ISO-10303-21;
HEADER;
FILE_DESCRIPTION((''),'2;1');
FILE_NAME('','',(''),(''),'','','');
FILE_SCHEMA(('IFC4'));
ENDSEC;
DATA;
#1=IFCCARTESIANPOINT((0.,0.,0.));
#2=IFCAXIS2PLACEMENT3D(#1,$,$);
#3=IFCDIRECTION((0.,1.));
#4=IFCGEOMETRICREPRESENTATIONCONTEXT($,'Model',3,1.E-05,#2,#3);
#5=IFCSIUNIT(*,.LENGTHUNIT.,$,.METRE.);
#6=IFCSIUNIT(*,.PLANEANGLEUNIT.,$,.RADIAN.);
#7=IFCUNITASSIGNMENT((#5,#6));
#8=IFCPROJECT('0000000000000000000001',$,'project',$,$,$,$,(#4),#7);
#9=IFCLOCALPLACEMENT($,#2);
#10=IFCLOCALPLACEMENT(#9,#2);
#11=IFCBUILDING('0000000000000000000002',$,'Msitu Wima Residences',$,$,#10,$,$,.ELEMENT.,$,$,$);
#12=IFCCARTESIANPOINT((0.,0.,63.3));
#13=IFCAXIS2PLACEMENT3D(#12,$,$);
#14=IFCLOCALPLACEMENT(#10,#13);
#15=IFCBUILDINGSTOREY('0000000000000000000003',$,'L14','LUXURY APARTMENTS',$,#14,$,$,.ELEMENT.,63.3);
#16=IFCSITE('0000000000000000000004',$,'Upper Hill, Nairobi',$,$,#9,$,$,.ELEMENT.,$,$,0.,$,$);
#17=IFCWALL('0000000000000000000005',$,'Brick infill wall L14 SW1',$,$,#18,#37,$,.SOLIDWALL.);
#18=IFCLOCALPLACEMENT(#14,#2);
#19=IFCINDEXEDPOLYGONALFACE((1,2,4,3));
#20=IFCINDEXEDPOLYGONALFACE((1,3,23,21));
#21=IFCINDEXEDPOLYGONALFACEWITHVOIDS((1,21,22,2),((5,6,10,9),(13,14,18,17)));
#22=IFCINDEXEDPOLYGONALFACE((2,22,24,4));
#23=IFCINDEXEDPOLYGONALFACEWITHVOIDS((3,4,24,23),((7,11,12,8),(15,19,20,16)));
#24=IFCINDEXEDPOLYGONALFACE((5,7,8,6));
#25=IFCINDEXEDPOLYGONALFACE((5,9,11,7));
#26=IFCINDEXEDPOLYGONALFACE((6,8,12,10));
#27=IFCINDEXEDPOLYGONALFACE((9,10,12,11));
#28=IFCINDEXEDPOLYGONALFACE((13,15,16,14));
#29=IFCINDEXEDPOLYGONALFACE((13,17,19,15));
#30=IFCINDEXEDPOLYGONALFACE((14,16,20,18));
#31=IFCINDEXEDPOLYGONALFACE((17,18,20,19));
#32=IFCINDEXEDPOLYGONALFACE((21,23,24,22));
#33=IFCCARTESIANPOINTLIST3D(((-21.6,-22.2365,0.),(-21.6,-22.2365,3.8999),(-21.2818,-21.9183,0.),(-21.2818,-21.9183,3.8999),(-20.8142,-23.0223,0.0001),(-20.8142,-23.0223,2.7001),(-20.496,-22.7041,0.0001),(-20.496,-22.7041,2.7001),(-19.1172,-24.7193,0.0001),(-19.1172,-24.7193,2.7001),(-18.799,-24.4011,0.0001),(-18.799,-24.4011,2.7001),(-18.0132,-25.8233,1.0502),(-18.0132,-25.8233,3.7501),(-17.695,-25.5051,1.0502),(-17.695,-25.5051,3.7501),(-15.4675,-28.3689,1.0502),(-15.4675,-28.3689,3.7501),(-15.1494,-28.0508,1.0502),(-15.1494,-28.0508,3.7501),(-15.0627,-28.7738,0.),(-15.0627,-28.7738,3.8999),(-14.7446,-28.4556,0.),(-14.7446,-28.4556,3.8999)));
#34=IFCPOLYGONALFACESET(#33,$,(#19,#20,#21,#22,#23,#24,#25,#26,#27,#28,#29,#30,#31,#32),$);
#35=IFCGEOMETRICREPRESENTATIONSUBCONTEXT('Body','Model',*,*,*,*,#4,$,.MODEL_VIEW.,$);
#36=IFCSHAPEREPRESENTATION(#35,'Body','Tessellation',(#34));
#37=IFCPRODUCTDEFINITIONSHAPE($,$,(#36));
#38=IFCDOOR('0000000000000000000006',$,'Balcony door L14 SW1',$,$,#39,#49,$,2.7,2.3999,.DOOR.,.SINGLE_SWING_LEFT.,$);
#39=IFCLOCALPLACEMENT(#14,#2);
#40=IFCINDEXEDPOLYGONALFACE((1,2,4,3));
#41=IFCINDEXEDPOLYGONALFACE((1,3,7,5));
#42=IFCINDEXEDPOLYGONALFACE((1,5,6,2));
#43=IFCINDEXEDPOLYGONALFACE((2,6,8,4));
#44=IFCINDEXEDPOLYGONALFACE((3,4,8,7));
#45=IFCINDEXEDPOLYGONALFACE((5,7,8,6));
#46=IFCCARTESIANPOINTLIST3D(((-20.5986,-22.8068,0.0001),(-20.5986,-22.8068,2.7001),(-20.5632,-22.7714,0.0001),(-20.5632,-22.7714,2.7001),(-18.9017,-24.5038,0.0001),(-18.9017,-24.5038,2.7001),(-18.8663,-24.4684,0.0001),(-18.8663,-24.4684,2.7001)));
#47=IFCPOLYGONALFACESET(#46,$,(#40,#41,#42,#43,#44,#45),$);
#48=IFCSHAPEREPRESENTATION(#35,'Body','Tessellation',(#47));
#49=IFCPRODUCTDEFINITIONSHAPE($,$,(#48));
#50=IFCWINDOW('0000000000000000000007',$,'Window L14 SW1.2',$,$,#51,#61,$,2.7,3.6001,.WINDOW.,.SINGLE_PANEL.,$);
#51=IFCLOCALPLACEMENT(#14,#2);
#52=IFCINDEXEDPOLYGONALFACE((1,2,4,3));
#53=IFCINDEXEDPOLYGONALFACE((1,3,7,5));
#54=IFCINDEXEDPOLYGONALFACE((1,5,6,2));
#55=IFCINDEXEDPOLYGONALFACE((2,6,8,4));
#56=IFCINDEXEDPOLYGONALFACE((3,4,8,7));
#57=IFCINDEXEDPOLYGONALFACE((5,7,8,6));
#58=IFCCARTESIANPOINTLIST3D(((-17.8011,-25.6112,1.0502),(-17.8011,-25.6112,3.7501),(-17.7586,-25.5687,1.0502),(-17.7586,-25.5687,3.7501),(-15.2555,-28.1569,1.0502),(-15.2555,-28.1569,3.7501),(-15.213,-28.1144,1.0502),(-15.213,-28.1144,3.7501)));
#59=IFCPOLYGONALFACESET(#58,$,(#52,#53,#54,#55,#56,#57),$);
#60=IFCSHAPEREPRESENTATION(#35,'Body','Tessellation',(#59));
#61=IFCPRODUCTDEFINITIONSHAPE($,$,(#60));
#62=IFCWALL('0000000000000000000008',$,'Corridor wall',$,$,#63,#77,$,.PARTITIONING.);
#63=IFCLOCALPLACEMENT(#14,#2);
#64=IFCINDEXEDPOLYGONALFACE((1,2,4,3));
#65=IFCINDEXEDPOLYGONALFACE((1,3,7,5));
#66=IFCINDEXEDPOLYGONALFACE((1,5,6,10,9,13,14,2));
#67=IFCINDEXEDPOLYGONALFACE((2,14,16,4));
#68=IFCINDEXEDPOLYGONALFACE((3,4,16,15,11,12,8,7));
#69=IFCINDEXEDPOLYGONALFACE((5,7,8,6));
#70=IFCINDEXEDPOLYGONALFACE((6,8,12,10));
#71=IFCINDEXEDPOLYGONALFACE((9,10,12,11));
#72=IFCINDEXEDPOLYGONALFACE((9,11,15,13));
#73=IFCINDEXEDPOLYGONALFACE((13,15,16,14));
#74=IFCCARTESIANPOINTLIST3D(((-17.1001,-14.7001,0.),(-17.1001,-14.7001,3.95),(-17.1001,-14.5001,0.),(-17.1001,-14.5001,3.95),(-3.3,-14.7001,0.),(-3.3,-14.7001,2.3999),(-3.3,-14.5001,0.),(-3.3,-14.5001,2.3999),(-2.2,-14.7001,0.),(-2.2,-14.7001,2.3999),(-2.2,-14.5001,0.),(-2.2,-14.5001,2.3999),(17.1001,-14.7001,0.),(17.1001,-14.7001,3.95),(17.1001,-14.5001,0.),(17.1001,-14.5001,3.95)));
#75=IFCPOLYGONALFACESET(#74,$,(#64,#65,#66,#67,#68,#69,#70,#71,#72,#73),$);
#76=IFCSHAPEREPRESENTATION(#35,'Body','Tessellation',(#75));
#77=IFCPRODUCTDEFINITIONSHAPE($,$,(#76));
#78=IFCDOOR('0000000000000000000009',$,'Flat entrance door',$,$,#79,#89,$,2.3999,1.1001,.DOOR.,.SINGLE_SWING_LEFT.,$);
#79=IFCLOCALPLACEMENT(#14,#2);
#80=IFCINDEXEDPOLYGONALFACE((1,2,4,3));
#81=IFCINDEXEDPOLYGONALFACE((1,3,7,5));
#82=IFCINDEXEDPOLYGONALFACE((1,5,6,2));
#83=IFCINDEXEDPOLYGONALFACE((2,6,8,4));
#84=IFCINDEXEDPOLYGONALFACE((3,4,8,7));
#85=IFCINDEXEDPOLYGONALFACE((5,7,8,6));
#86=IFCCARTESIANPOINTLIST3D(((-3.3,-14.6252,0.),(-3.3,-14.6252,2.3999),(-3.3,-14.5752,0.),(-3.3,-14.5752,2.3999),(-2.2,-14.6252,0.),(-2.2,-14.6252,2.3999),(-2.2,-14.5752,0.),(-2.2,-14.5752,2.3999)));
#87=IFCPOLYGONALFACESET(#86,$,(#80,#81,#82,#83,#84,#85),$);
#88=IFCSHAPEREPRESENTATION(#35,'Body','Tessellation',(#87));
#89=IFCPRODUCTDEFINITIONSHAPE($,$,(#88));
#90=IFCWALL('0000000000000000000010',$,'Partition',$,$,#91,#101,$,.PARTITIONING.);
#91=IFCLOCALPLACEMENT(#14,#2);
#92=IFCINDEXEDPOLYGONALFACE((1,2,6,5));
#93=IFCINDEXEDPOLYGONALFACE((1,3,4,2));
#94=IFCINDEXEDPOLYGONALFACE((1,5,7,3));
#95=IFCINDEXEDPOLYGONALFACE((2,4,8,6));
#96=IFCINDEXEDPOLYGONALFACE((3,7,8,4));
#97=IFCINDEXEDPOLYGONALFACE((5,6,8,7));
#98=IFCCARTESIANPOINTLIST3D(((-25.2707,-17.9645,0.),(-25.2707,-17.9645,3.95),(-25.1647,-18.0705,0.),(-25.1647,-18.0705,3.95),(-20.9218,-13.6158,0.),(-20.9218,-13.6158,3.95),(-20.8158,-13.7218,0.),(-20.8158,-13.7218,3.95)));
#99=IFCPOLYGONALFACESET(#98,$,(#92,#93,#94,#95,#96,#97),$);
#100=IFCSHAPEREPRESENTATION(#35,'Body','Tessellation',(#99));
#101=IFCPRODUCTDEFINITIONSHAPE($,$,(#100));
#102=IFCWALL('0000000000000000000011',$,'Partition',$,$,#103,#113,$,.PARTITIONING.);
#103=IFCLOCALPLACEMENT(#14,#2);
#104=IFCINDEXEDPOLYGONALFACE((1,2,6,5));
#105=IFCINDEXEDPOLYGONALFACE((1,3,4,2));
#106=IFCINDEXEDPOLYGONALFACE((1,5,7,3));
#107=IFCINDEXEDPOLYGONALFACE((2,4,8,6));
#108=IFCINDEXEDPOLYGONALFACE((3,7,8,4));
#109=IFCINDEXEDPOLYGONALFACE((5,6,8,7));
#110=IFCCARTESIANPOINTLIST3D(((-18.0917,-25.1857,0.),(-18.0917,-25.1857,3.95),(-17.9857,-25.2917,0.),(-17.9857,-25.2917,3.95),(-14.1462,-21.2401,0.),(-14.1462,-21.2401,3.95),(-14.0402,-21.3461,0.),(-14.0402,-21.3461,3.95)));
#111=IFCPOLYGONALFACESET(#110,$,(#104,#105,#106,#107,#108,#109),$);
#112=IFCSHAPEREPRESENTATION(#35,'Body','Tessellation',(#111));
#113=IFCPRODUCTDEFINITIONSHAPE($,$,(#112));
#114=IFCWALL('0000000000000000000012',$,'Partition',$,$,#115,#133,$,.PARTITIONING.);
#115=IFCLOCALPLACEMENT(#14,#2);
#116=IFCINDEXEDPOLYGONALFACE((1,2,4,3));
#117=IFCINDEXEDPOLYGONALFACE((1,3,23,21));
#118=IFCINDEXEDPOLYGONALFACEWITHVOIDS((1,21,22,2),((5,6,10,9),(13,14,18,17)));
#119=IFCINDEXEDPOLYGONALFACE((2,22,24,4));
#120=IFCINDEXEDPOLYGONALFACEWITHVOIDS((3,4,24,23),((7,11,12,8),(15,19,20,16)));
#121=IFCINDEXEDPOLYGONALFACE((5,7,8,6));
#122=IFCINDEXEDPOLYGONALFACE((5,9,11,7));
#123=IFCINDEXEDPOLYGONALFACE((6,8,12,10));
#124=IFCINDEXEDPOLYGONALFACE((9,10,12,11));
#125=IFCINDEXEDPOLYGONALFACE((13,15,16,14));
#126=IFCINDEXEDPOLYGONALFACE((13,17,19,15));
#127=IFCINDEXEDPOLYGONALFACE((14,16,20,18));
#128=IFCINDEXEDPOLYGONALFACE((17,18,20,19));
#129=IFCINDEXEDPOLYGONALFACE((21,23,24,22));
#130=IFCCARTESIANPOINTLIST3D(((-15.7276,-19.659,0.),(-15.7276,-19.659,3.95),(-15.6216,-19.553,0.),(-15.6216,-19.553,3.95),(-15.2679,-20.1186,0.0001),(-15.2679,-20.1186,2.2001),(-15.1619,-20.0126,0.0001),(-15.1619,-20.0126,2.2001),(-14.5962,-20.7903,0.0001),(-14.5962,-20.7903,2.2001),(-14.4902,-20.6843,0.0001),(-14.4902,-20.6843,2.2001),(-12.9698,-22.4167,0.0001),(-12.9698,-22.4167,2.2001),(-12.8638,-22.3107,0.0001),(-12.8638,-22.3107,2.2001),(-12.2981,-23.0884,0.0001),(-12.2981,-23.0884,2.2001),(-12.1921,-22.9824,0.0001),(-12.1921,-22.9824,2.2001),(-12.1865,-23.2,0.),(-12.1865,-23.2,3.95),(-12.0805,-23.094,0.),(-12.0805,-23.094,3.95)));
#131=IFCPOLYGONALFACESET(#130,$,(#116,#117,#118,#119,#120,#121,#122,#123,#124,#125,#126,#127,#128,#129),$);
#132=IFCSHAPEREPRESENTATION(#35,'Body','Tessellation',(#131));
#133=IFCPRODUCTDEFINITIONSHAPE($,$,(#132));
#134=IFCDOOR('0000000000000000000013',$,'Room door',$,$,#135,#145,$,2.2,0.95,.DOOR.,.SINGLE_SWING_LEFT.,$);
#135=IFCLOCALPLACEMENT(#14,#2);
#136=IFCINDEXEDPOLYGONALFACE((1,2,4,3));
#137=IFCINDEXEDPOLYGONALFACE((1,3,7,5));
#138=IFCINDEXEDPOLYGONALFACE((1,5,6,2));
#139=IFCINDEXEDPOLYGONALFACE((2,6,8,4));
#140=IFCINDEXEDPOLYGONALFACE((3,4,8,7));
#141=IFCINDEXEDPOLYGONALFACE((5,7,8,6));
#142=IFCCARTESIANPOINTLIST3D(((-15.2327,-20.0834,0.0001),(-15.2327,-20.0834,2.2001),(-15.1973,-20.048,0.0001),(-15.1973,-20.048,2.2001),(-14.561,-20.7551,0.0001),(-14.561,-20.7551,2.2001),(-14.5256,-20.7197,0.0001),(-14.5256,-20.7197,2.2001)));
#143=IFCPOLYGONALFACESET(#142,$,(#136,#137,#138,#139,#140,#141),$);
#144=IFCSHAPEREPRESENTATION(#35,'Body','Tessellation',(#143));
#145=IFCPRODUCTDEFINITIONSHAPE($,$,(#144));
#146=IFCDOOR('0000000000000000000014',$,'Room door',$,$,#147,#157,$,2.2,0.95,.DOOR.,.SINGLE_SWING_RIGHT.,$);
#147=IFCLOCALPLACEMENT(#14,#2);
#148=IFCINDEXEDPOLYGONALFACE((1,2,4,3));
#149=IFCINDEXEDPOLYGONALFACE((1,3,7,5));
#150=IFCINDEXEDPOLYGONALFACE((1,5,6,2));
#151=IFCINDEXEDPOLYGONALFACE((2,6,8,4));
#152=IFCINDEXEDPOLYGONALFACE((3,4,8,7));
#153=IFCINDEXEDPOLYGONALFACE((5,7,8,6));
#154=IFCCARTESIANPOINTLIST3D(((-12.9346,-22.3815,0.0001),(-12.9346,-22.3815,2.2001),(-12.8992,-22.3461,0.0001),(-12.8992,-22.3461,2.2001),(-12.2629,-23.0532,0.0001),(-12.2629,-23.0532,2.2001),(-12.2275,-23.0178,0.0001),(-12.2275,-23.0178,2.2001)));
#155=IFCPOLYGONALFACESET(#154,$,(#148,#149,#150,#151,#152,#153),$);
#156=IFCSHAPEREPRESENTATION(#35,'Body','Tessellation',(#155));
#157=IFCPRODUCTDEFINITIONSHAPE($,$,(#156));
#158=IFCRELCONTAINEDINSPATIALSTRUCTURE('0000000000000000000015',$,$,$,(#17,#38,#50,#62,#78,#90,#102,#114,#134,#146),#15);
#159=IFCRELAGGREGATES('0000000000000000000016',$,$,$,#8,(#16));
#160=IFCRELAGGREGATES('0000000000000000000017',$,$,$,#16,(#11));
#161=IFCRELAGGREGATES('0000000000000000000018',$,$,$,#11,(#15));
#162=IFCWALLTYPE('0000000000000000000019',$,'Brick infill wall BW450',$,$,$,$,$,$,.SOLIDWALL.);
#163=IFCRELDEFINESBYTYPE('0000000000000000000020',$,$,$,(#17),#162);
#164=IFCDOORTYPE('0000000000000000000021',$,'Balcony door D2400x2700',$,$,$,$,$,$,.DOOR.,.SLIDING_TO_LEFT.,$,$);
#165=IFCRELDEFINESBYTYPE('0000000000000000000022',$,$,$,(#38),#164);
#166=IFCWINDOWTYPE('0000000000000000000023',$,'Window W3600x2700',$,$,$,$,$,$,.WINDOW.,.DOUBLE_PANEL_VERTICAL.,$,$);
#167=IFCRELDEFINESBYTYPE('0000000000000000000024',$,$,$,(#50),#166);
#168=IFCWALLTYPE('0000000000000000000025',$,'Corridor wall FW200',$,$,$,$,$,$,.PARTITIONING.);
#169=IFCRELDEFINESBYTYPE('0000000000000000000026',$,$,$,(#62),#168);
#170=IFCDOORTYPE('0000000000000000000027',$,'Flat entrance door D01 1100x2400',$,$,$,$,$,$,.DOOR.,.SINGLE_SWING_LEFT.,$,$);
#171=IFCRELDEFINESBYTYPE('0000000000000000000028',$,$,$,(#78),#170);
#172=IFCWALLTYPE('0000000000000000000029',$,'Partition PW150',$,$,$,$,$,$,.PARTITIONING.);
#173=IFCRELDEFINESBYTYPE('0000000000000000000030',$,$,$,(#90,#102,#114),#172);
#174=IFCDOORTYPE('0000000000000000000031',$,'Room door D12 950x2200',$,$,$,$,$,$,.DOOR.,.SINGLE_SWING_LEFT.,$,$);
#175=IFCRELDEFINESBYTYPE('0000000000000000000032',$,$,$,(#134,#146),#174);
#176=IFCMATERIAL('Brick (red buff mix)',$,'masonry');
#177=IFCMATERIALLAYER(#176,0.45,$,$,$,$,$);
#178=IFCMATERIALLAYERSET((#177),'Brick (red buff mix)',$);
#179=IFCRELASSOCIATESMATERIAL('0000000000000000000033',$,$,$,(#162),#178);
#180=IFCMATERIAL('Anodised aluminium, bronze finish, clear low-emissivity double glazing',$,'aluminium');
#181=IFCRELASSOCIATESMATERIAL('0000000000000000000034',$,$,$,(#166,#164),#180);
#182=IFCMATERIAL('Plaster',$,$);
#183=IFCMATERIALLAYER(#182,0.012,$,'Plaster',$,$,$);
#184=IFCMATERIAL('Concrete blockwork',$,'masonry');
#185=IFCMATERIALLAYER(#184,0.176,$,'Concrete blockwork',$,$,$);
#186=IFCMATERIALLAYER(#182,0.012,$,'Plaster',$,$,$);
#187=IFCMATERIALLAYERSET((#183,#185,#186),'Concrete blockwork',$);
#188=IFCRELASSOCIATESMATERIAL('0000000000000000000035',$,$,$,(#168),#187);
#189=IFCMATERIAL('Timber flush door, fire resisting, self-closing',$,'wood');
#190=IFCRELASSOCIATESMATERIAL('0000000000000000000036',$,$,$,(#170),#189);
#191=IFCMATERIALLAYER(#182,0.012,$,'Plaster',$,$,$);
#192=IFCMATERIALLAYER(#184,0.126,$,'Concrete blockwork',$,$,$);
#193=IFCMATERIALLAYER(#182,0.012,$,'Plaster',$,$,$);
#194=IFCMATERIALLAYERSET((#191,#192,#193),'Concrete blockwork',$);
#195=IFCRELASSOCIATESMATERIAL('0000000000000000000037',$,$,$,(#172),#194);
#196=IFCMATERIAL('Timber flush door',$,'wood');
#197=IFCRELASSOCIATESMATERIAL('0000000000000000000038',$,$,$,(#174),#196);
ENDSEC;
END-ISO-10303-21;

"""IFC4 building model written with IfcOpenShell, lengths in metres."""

from ifc_helpers import new_model, si_unit, direction, frame, frame_2d, origin, place, context, subcontext, project, spatial, rectangle, extrude, material, layer, layer_set, type_object, element, fill, save


model = new_model("IFC4")

# Units and contexts
model_context = context("Model", 3, precision=1e-05, world=origin(), true_north=direction((0.0, 1.0)))
body_context = subcontext(model_context, "Body", "Model", "MODEL_VIEW")
ifc_project = project(units=[si_unit("LENGTHUNIT", "METRE"), si_unit("PLANEANGLEUNIT", "RADIAN")], contexts=[model_context])

# Site, building, storey
site_placement = place(None, origin())
site = spatial("IfcSite", under=ifc_project, at=site_placement, Name="Upper Hill, Nairobi", CompositionType="ELEMENT", RefElevation=0.0)
building_placement = place(site_placement, origin())
building = spatial("IfcBuilding", under=site, at=building_placement, Name="Msitu Wima Residences", CompositionType="ELEMENT")
storey_placement = place(building_placement, frame((0.0, 0.0, 63.3)))
storey = spatial("IfcBuildingStorey", under=building, at=storey_placement, Name="L14", Description="LUXURY APARTMENTS", CompositionType="ELEMENT", Elevation=63.3)

# Shared definitions
ifc_material_1 = material(Name="Brick (red buff mix)", Category="masonry")
ifc_layer_1 = layer(ifc_material_1, 0.45)
ifc_layer_set_1 = layer_set([ifc_layer_1], Name="Brick (red buff mix)")
wall_type_1 = type_object("IfcWallType", Name="Brick infill wall BW450", PredefinedType="SOLIDWALL", material=ifc_layer_set_1)
ifc_material_2 = material(Name="Anodised aluminium, bronze finish, clear low-emissivity double glazing", Category="aluminium")
window_type = type_object("IfcWindowType", Name="Window W3600x2700", PartitioningType="DOUBLE_PANEL_VERTICAL", PredefinedType="WINDOW", material=ifc_material_2)

# Wall, openings, door, window
wall_1_placement = place(storey_placement, frame((-21.4409, -22.0774, 0.0), z_axis=(0.0, 0.0, 1.0), x_axis=(0.707107, -0.707107, 0.0)))
wall_1 = element("IfcWall", 1, at=wall_1_placement, inside=storey, type_object=wall_type_1, Name="Brick infill wall L14 SW1", PredefinedType="SOLIDWALL", context=body_context, shape_type="SweptSolid", body=[
    extrude(rectangle(XDim=9.2451, YDim=0.45, at=frame_2d((4.6226, 0.0))), origin(), (0.0, 0.0, 1.0), 3.8999),
])
opening_1_placement = place(wall_1_placement, frame((1.1113, 0.0, 0.0)))
opening_1 = element("IfcOpeningElement", 2, at=opening_1_placement, cuts=wall_1, PredefinedType="OPENING", context=body_context, shape_type="SweptSolid", body=[
    extrude(rectangle(XDim=2.3999, YDim=2.7, at=frame_2d((1.2, 1.3501))), frame((0.0, 0.2349, 0.0), z_axis=(0.0, -1.0, 0.0), x_axis=(1.0, 0.0, 0.0)), (0.0, 0.0, 1.0), 0.47),
])
opening_2_placement = place(wall_1_placement, frame((5.0725, 0.0, 1.05)))
opening_2 = element("IfcOpeningElement", 3, at=opening_2_placement, cuts=wall_1, PredefinedType="OPENING", context=body_context, shape_type="SweptSolid", body=[
    extrude(rectangle(XDim=3.6001, YDim=2.7, at=frame_2d((1.8, 1.3501))), frame((0.0, 0.2349, 0.0), z_axis=(0.0, -1.0, 0.0), x_axis=(1.0, 0.0, 0.0)), (0.0, 0.0, 1.0), 0.47),
])
door_type_1 = type_object("IfcDoorType", Name="Balcony door D2400x2700", OperationType="SLIDING_TO_LEFT", PredefinedType="DOOR", material=ifc_material_2)
door_1_placement = place(opening_1_placement, origin())
door_1 = element("IfcDoor", 4, at=door_1_placement, inside=storey, type_object=door_type_1, Name="Balcony door L14 SW1", OperationType="SINGLE_SWING_LEFT", OverallHeight=2.7, OverallWidth=2.3999, PredefinedType="DOOR", context=body_context, shape_type="SweptSolid", body=[
    extrude(rectangle(XDim=2.3999, YDim=2.7, at=frame_2d((1.2, 1.3501))), frame((0.0, 0.1299, 0.0), z_axis=(0.0, -1.0, 0.0), x_axis=(1.0, 0.0, 0.0)), (0.0, 0.0, 1.0), 0.05),
])
fill(opening_1, door_1)
window_1_placement = place(opening_2_placement, origin())
window_1 = element("IfcWindow", 5, at=window_1_placement, inside=storey, type_object=window_type, Name="Window L14 SW1.2", OverallHeight=2.7, OverallWidth=3.6001, PartitioningType="SINGLE_PANEL", PredefinedType="WINDOW", context=body_context, shape_type="SweptSolid", body=[
    extrude(rectangle(XDim=3.6001, YDim=2.7, at=frame_2d((1.8, 1.3501))), frame((0.0, 0.135, 0.0), z_axis=(0.0, -1.0, 0.0), x_axis=(1.0, 0.0, 0.0)), (0.0, 0.0, 1.0), 0.0601),
])
fill(opening_2, window_1)

# Wall, opening, door
ifc_material_3 = material(Name="Plaster")
ifc_layer_2 = layer(ifc_material_3, 0.012, Name="Plaster")
ifc_material_4 = material(Name="Concrete blockwork", Category="masonry")
ifc_layer_3 = layer(ifc_material_4, 0.176, Name="Concrete blockwork")
ifc_layer_4 = layer(ifc_material_3, 0.012, Name="Plaster")
ifc_layer_set_2 = layer_set([ifc_layer_2, ifc_layer_3, ifc_layer_4], Name="Concrete blockwork")
wall_type_2 = type_object("IfcWallType", Name="Corridor wall FW200", PredefinedType="PARTITIONING", material=ifc_layer_set_2)
wall_2_placement = place(storey_placement, frame((-17.1001, -14.6001, 0.0), z_axis=(0.0, 0.0, 1.0), x_axis=(1.0, 0.0, 0.0)))
wall_2 = element("IfcWall", 6, at=wall_2_placement, inside=storey, type_object=wall_type_2, Name="Corridor wall", PredefinedType="PARTITIONING", context=body_context, shape_type="SweptSolid", body=[
    extrude(rectangle(XDim=34.2002, YDim=0.2, at=frame_2d((17.1001, 0.0))), origin(), (0.0, 0.0, 1.0), 3.95),
])
opening_3_placement = place(wall_2_placement, frame((13.8, 0.0, 0.0)))
opening_3 = element("IfcOpeningElement", 7, at=opening_3_placement, cuts=wall_2, PredefinedType="OPENING", context=body_context, shape_type="SweptSolid", body=[
    extrude(rectangle(XDim=1.1001, YDim=2.3999, at=frame_2d((0.55, 1.2))), frame((0.0, 0.1099, 0.0), z_axis=(0.0, -1.0, 0.0), x_axis=(1.0, 0.0, 0.0)), (0.0, 0.0, 1.0), 0.22),
])
ifc_material_5 = material(Name="Timber flush door, fire resisting, self-closing", Category="wood")
door_type_2 = type_object("IfcDoorType", Name="Flat entrance door D01 1100x2400", OperationType="SINGLE_SWING_LEFT", PredefinedType="DOOR", material=ifc_material_5)
door_2_placement = place(opening_3_placement, origin())
door_2 = element("IfcDoor", 8, at=door_2_placement, inside=storey, type_object=door_type_2, Name="Flat entrance door", OperationType="SINGLE_SWING_LEFT", OverallHeight=2.3999, OverallWidth=1.1001, PredefinedType="DOOR", context=body_context, shape_type="SweptSolid", body=[
    extrude(rectangle(XDim=1.1001, YDim=2.3999, at=frame_2d((0.55, 1.2))), frame((0.0, 0.0249, 0.0), z_axis=(0.0, -1.0, 0.0), x_axis=(1.0, 0.0, 0.0)), (0.0, 0.0, 1.0), 0.05),
])
fill(opening_3, door_2)

# Walls
ifc_layer_5 = layer(ifc_material_3, 0.012, Name="Plaster")
ifc_layer_6 = layer(ifc_material_4, 0.126, Name="Concrete blockwork")
ifc_layer_7 = layer(ifc_material_3, 0.012, Name="Plaster")
ifc_layer_set_3 = layer_set([ifc_layer_5, ifc_layer_6, ifc_layer_7], Name="Concrete blockwork")
wall_type_3 = type_object("IfcWallType", Name="Partition PW150", PredefinedType="PARTITIONING", material=ifc_layer_set_3)
wall_3_placement = place(storey_placement, frame((-25.2178, -18.0176, 0.0), z_axis=(0.0, 0.0, 1.0), x_axis=(0.707127, 0.707087, 0.0)))
element("IfcWall", 9, at=wall_3_placement, inside=storey, type_object=wall_type_3, Name="Partition", PredefinedType="PARTITIONING", context=body_context, shape_type="SweptSolid", body=[
    extrude(rectangle(XDim=6.1501, YDim=0.1499, at=frame_2d((3.0752, 0.0))), origin(), (0.0, 0.0, 1.0), 3.95),
])
wall_4_placement = place(storey_placement, frame((-18.0388, -25.2388, 0.0), z_axis=(0.0, 0.0, 1.0), x_axis=(0.707107, 0.707107, 0.0)))
element("IfcWall", 10, at=wall_4_placement, inside=storey, type_object=wall_type_3, Name="Partition", PredefinedType="PARTITIONING", context=body_context, shape_type="SweptSolid", body=[
    extrude(rectangle(XDim=5.5798, YDim=0.1499, at=frame_2d((2.79, 0.0))), origin(), (0.0, 0.0, 1.0), 3.95),
])

# Wall, openings, doors
wall_5_placement = place(storey_placement, frame((-15.6746, -19.606, 0.0), z_axis=(0.0, 0.0, 1.0), x_axis=(0.707107, -0.707107, 0.0)))
wall_5 = element("IfcWall", 11, at=wall_5_placement, inside=storey, type_object=wall_type_3, Name="Partition", PredefinedType="PARTITIONING", context=body_context, shape_type="SweptSolid", body=[
    extrude(rectangle(XDim=5.0078, YDim=0.1499, at=frame_2d((2.5039, 0.0))), origin(), (0.0, 0.0, 1.0), 3.95),
])
opening_4_placement = place(wall_5_placement, frame((0.6499, 0.0, 0.0)))
opening_4 = element("IfcOpeningElement", 12, at=opening_4_placement, cuts=wall_5, PredefinedType="OPENING", context=body_context, shape_type="SweptSolid", body=[
    extrude(rectangle(XDim=0.95, YDim=2.2, at=frame_2d((0.4751, 1.1001))), frame((0.0, 0.085, 0.0), z_axis=(0.0, -1.0, 0.0), x_axis=(1.0, 0.0, 0.0)), (0.0, 0.0, 1.0), 0.1699),
])
opening_5_placement = place(wall_5_placement, frame((3.8999, 0.0, 0.0)))
opening_5 = element("IfcOpeningElement", 13, at=opening_5_placement, cuts=wall_5, PredefinedType="OPENING", context=body_context, shape_type="SweptSolid", body=[
    extrude(rectangle(XDim=0.95, YDim=2.2, at=frame_2d((0.4751, 1.1001))), frame((0.0, 0.085, 0.0), z_axis=(0.0, -1.0, 0.0), x_axis=(1.0, 0.0, 0.0)), (0.0, 0.0, 1.0), 0.1699),
])
ifc_material_6 = material(Name="Timber flush door", Category="wood")
door_type_3 = type_object("IfcDoorType", Name="Room door D12 950x2200", OperationType="SINGLE_SWING_LEFT", PredefinedType="DOOR", material=ifc_material_6)
door_3_placement = place(opening_4_placement, origin())
door_3 = element("IfcDoor", 14, at=door_3_placement, inside=storey, type_object=door_type_3, Name="Room door", OperationType="SINGLE_SWING_LEFT", OverallHeight=2.2, OverallWidth=0.95, PredefinedType="DOOR", context=body_context, shape_type="SweptSolid", body=[
    extrude(rectangle(XDim=0.95, YDim=2.2, at=frame_2d((0.4751, 1.1001))), frame((0.0, 0.0249, 0.0), z_axis=(0.0, -1.0, 0.0), x_axis=(1.0, 0.0, 0.0)), (0.0, 0.0, 1.0), 0.05),
])
fill(opening_4, door_3)
door_4_placement = place(opening_5_placement, origin())
door_4 = element("IfcDoor", 15, at=door_4_placement, inside=storey, type_object=door_type_3, Name="Room door", OperationType="SINGLE_SWING_RIGHT", OverallHeight=2.2, OverallWidth=0.95, PredefinedType="DOOR", context=body_context, shape_type="SweptSolid", body=[
    extrude(rectangle(XDim=0.95, YDim=2.2, at=frame_2d((0.4751, 1.1001))), frame((0.0, 0.0249, 0.0), z_axis=(0.0, -1.0, 0.0), x_axis=(1.0, 0.0, 0.0)), (0.0, 0.0, 1.0), 0.05),
])
fill(opening_5, door_4)

save(model, "model.ifc")
